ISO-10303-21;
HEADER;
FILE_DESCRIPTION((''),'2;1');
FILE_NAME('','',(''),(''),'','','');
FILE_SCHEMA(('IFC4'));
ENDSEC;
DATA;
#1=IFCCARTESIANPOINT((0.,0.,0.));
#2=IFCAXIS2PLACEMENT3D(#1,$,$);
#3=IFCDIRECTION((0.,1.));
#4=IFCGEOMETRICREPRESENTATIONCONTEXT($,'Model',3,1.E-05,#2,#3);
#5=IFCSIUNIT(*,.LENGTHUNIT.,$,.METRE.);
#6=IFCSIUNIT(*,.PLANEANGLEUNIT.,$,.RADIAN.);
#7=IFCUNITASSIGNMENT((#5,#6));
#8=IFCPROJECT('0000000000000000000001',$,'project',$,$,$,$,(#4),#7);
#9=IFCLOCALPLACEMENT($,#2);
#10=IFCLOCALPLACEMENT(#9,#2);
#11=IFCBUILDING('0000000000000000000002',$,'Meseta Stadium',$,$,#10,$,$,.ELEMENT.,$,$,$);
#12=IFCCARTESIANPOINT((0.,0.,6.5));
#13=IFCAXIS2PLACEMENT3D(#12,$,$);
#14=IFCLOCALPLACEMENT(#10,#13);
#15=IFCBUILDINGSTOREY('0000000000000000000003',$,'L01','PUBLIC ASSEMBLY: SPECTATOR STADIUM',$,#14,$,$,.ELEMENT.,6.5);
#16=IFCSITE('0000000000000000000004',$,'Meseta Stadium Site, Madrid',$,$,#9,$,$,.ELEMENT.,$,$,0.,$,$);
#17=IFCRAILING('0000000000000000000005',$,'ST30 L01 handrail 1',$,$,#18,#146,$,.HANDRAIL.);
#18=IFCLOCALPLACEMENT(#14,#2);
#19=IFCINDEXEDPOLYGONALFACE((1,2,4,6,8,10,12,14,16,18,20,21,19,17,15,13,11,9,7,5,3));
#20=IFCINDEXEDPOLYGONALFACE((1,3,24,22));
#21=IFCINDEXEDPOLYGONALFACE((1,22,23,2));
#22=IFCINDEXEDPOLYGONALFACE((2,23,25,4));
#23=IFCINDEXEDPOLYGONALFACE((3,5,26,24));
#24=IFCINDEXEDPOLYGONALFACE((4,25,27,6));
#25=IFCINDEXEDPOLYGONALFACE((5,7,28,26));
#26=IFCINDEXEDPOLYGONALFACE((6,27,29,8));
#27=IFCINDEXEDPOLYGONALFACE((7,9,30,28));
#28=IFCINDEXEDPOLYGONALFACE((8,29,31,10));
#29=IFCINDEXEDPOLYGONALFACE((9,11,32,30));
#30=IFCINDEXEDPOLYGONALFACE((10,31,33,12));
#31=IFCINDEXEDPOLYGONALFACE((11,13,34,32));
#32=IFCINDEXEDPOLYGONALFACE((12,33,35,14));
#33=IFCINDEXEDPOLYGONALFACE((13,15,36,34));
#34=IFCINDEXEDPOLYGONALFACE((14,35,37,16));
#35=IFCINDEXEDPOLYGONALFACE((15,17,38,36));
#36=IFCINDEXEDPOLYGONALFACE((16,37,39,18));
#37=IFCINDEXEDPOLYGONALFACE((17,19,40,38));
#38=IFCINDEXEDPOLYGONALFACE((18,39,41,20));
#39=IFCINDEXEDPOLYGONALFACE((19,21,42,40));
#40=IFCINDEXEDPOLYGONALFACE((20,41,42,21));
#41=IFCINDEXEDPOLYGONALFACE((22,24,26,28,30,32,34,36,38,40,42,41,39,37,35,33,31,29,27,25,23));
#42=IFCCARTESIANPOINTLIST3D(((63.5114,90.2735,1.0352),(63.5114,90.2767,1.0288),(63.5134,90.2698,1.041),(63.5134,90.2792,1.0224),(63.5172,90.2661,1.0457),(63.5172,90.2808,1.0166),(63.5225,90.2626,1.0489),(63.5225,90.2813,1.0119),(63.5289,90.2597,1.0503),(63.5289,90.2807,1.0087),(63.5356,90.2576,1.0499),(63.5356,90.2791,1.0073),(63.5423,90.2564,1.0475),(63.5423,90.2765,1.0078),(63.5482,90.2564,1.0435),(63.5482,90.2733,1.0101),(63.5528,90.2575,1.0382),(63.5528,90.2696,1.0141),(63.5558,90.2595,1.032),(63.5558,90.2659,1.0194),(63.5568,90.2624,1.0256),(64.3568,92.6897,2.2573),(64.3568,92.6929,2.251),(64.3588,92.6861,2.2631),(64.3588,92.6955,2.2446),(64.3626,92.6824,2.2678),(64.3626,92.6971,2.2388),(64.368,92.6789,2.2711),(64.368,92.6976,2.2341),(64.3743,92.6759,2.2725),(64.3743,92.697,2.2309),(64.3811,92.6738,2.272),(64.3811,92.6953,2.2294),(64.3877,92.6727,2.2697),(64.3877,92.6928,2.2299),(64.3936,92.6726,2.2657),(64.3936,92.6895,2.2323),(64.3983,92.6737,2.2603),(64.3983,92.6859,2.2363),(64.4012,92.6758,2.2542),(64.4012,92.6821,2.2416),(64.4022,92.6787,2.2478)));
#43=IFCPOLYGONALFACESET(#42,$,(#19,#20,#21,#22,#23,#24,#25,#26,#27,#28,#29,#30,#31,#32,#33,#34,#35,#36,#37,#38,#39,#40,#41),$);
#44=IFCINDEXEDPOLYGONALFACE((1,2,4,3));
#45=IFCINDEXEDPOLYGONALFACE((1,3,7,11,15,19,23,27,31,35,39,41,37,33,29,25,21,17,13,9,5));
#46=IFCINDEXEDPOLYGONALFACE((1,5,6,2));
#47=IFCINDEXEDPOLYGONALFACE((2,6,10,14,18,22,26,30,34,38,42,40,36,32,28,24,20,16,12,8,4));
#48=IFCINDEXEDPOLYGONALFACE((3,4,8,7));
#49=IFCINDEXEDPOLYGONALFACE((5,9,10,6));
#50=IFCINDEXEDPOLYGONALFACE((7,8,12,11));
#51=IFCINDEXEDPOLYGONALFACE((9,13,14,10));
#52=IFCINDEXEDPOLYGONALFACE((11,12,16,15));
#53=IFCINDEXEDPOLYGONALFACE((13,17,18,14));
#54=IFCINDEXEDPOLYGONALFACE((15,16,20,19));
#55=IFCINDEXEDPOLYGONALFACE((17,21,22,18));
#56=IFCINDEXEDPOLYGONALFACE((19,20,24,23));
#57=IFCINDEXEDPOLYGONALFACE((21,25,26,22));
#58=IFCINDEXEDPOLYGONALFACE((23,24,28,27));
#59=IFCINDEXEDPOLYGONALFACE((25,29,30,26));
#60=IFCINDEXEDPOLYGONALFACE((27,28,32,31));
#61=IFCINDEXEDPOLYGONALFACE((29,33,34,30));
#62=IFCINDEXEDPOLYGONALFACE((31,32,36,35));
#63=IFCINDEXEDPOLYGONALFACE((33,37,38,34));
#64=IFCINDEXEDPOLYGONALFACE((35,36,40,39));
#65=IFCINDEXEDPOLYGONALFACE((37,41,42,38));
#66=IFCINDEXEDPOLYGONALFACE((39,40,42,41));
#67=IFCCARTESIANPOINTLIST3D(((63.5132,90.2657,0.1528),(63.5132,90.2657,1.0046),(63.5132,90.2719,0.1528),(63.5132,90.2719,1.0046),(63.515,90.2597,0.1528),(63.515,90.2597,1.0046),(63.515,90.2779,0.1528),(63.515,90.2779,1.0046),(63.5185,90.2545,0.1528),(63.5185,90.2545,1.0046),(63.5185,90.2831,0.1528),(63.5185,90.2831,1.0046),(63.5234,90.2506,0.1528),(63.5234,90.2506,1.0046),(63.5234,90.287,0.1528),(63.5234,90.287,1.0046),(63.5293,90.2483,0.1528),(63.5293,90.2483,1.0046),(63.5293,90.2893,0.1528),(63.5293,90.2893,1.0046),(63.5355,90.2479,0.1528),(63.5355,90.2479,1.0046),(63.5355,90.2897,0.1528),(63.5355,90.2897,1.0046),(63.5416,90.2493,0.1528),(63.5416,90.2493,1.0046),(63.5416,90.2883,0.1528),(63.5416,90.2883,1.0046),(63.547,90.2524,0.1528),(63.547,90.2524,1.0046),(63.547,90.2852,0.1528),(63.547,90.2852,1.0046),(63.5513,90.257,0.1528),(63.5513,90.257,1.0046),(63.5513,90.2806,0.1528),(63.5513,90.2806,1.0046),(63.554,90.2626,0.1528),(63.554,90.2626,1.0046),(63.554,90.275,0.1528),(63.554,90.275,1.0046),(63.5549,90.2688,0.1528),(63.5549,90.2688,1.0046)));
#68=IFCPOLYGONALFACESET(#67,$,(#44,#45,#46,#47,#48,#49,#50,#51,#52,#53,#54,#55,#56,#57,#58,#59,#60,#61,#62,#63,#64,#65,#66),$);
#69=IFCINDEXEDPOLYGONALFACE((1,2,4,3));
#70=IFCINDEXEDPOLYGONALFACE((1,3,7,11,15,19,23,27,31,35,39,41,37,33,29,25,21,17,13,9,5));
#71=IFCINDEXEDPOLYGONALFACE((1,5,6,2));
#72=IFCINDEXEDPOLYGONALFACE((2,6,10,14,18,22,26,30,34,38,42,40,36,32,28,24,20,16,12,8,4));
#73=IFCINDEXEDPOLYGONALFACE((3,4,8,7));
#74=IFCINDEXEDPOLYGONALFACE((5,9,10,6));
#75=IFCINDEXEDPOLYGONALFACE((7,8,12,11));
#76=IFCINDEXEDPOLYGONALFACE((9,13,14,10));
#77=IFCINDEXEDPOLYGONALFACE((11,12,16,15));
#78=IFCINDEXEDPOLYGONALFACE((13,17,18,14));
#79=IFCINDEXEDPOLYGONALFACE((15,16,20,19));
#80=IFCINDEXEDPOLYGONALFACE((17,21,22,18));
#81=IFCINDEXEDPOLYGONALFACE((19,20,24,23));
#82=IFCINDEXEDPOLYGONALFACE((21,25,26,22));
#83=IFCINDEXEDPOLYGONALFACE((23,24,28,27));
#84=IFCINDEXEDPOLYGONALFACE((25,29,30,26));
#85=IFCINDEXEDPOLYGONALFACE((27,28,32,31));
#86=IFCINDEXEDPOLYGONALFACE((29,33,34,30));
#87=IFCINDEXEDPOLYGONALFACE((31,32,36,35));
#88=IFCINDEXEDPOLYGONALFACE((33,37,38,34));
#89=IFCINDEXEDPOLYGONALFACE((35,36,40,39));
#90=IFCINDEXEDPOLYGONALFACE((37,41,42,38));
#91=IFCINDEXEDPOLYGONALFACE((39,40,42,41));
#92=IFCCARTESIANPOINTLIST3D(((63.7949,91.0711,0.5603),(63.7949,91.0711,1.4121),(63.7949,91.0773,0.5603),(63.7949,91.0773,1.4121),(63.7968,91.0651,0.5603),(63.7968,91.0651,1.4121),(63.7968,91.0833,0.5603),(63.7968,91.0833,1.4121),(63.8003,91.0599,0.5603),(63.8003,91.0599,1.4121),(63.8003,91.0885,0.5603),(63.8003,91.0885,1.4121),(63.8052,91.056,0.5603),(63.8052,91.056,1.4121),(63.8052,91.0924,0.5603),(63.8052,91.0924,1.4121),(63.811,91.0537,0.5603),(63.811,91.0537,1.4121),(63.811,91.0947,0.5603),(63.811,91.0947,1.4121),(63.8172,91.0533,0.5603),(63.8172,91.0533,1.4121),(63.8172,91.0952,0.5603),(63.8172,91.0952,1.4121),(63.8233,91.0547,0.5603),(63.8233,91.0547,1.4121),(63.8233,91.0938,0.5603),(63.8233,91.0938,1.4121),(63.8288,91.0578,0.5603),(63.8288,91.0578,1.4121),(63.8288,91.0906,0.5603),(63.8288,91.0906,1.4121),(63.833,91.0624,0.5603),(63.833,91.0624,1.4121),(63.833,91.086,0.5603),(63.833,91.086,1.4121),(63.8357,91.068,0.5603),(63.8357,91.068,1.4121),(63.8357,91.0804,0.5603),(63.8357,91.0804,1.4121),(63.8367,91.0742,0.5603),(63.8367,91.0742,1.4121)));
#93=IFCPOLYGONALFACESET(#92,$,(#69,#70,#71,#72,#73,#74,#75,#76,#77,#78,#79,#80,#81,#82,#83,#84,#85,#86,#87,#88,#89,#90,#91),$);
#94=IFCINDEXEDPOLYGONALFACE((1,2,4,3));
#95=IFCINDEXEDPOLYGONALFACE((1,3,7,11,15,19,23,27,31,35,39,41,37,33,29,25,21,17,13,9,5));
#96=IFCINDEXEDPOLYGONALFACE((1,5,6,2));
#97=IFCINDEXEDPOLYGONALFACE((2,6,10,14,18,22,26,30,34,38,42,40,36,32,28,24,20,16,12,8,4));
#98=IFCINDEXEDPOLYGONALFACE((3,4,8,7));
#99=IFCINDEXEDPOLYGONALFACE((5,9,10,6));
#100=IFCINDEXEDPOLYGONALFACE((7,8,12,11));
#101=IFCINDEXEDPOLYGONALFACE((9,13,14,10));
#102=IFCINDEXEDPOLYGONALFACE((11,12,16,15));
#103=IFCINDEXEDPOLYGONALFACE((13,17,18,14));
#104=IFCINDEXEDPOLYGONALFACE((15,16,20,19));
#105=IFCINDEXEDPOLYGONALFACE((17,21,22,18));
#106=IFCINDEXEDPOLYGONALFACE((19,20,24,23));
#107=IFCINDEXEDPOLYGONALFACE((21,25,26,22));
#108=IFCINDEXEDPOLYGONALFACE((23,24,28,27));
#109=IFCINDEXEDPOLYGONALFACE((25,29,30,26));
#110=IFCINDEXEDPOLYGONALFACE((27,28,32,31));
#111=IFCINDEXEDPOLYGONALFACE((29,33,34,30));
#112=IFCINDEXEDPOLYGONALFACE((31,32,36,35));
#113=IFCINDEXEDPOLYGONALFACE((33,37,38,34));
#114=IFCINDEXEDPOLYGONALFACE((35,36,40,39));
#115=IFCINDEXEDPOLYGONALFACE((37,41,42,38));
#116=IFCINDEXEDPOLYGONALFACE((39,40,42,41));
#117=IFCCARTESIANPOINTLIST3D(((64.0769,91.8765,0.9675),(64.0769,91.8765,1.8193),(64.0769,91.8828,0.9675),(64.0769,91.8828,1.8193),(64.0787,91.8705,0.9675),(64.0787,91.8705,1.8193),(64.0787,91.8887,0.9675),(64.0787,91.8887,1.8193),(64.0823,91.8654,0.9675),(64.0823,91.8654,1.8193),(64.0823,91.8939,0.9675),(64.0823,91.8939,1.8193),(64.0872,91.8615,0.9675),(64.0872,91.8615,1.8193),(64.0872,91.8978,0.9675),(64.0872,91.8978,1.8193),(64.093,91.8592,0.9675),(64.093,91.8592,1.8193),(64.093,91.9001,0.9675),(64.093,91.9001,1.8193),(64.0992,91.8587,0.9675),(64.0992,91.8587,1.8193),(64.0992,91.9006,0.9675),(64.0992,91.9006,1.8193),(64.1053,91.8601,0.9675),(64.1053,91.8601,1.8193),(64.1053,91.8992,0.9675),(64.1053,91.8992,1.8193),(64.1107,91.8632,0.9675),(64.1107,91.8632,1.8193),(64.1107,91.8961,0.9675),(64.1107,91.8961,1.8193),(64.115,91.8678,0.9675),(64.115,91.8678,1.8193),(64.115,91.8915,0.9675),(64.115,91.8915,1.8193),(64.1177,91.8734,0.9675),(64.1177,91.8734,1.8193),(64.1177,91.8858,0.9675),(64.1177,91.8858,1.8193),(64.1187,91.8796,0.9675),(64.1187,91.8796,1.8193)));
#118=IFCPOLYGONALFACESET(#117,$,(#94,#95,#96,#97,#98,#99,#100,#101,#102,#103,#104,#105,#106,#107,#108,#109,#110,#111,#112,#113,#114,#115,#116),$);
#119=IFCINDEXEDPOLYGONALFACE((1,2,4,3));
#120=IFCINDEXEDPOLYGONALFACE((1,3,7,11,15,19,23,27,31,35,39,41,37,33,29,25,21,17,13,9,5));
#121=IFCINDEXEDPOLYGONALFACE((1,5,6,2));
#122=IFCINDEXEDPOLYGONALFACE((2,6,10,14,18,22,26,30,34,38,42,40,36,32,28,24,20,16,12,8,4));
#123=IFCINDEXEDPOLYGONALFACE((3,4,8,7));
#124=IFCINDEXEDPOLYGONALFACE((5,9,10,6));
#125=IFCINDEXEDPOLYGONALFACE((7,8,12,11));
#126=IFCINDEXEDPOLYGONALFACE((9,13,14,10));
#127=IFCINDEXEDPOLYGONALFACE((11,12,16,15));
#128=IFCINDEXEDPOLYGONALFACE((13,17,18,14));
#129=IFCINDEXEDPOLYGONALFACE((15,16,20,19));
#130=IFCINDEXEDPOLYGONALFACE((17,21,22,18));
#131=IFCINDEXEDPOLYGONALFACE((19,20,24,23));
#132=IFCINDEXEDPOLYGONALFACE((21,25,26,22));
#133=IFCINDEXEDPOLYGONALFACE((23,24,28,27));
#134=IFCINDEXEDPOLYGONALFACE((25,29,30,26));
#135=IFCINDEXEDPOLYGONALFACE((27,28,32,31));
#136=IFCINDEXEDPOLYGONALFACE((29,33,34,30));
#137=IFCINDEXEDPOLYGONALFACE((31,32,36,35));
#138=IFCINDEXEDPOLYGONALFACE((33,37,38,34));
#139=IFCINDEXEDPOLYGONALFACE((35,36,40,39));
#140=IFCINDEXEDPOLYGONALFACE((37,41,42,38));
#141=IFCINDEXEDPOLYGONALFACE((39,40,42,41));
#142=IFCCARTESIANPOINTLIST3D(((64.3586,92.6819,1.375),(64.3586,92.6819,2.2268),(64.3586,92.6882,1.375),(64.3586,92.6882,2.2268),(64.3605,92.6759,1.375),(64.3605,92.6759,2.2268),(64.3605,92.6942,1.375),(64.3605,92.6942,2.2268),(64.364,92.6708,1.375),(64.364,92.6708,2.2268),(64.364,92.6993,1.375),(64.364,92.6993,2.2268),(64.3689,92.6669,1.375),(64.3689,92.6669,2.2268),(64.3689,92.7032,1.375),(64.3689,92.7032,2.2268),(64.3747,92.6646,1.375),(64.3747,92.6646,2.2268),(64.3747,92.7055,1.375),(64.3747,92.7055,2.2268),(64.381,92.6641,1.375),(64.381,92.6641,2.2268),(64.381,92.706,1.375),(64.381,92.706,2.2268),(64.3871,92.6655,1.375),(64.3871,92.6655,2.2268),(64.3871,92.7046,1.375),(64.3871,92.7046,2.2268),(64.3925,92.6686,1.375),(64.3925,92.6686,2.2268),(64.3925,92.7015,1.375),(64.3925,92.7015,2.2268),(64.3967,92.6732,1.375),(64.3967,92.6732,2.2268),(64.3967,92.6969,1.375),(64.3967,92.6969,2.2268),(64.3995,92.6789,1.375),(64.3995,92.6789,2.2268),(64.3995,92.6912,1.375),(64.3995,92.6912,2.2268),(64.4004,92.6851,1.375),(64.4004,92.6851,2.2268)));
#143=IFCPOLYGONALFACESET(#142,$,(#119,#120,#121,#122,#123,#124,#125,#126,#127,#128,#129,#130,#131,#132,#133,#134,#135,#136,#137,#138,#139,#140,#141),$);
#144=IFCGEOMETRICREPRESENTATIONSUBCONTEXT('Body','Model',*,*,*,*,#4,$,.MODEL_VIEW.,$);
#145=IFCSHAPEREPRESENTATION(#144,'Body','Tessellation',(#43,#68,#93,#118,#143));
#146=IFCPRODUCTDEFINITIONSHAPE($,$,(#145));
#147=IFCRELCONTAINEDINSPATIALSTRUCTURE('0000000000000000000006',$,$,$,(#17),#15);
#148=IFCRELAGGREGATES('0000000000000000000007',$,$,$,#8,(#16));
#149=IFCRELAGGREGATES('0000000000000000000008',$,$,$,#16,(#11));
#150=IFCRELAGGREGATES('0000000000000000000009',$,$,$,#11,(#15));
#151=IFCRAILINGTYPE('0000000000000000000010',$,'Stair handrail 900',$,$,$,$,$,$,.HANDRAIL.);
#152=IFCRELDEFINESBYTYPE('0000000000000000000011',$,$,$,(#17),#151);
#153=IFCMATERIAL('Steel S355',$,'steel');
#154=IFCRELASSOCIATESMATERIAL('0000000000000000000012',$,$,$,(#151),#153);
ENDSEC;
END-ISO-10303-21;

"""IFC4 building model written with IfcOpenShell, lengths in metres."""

from ifc_helpers import new_model, si_unit, direction, frame, origin, origin_2d, place, context, subcontext, project, spatial, circle, extrude, material, type_object, element, save


model = new_model("IFC4")

# Units and contexts
model_context = context("Model", 3, precision=1e-05, world=origin(), true_north=direction((0.0, 1.0)))
body_context = subcontext(model_context, "Body", "Model", "MODEL_VIEW")
ifc_project = project(units=[si_unit("LENGTHUNIT", "METRE"), si_unit("PLANEANGLEUNIT", "RADIAN")], contexts=[model_context])

# Site, building, storey
site_placement = place(None, origin())
site = spatial("IfcSite", under=ifc_project, at=site_placement, Name="Meseta Stadium Site, Madrid", CompositionType="ELEMENT", RefElevation=0.0)
building_placement = place(site_placement, origin())
building = spatial("IfcBuilding", under=site, at=building_placement, Name="Meseta Stadium", CompositionType="ELEMENT")
storey_placement = place(building_placement, frame((0.0, 0.0, 6.5)))
storey = spatial("IfcBuildingStorey", under=building, at=storey_placement, Name="L01", Description="PUBLIC ASSEMBLY: SPECTATOR STADIUM", CompositionType="ELEMENT", Elevation=6.5)

# Railing
ifc_material_1 = material(Name="Steel S355", Category="steel")
railing_type_1 = type_object("IfcRailingType", Name="Stair handrail 900", PredefinedType="HANDRAIL", material=ifc_material_1)
for number, where, name in (
    (1, (63.5339, 90.2688, 0.1528), "ST30 L01 handrail 1"),
):
    element("IfcRailing", number, at=place(storey_placement, frame(where)), inside=storey, type_object=railing_type_1, Name=name, PredefinedType="HANDRAIL", context=body_context, shape_type="SweptSolid", body=[
        extrude(circle(Radius=0.0239, at=origin_2d()), frame((0.0, 0.0, 0.876), z_axis=(0.298044, 0.851789, 0.430843), x_axis=(-0.943887, 0.33027, 0.0)), (0.0, 0.0, 1.0), 2.8367),
        extrude(circle(Radius=0.021, at=origin_2d()), origin(), (0.0, 0.0, 1.0), 0.8518),
        extrude(circle(Radius=0.021, at=origin_2d()), frame((0.2817, 0.8054, 0.4075)), (0.0, 0.0, 1.0), 0.8518),
        extrude(circle(Radius=0.021, at=origin_2d()), frame((0.5637, 1.6108, 0.8147)), (0.0, 0.0, 1.0), 0.8518),
        extrude(circle(Radius=0.021, at=origin_2d()), frame((0.8455, 2.4163, 1.2222)), (0.0, 0.0, 1.0), 0.8518),
    ])

save(model, "model.ifc")
